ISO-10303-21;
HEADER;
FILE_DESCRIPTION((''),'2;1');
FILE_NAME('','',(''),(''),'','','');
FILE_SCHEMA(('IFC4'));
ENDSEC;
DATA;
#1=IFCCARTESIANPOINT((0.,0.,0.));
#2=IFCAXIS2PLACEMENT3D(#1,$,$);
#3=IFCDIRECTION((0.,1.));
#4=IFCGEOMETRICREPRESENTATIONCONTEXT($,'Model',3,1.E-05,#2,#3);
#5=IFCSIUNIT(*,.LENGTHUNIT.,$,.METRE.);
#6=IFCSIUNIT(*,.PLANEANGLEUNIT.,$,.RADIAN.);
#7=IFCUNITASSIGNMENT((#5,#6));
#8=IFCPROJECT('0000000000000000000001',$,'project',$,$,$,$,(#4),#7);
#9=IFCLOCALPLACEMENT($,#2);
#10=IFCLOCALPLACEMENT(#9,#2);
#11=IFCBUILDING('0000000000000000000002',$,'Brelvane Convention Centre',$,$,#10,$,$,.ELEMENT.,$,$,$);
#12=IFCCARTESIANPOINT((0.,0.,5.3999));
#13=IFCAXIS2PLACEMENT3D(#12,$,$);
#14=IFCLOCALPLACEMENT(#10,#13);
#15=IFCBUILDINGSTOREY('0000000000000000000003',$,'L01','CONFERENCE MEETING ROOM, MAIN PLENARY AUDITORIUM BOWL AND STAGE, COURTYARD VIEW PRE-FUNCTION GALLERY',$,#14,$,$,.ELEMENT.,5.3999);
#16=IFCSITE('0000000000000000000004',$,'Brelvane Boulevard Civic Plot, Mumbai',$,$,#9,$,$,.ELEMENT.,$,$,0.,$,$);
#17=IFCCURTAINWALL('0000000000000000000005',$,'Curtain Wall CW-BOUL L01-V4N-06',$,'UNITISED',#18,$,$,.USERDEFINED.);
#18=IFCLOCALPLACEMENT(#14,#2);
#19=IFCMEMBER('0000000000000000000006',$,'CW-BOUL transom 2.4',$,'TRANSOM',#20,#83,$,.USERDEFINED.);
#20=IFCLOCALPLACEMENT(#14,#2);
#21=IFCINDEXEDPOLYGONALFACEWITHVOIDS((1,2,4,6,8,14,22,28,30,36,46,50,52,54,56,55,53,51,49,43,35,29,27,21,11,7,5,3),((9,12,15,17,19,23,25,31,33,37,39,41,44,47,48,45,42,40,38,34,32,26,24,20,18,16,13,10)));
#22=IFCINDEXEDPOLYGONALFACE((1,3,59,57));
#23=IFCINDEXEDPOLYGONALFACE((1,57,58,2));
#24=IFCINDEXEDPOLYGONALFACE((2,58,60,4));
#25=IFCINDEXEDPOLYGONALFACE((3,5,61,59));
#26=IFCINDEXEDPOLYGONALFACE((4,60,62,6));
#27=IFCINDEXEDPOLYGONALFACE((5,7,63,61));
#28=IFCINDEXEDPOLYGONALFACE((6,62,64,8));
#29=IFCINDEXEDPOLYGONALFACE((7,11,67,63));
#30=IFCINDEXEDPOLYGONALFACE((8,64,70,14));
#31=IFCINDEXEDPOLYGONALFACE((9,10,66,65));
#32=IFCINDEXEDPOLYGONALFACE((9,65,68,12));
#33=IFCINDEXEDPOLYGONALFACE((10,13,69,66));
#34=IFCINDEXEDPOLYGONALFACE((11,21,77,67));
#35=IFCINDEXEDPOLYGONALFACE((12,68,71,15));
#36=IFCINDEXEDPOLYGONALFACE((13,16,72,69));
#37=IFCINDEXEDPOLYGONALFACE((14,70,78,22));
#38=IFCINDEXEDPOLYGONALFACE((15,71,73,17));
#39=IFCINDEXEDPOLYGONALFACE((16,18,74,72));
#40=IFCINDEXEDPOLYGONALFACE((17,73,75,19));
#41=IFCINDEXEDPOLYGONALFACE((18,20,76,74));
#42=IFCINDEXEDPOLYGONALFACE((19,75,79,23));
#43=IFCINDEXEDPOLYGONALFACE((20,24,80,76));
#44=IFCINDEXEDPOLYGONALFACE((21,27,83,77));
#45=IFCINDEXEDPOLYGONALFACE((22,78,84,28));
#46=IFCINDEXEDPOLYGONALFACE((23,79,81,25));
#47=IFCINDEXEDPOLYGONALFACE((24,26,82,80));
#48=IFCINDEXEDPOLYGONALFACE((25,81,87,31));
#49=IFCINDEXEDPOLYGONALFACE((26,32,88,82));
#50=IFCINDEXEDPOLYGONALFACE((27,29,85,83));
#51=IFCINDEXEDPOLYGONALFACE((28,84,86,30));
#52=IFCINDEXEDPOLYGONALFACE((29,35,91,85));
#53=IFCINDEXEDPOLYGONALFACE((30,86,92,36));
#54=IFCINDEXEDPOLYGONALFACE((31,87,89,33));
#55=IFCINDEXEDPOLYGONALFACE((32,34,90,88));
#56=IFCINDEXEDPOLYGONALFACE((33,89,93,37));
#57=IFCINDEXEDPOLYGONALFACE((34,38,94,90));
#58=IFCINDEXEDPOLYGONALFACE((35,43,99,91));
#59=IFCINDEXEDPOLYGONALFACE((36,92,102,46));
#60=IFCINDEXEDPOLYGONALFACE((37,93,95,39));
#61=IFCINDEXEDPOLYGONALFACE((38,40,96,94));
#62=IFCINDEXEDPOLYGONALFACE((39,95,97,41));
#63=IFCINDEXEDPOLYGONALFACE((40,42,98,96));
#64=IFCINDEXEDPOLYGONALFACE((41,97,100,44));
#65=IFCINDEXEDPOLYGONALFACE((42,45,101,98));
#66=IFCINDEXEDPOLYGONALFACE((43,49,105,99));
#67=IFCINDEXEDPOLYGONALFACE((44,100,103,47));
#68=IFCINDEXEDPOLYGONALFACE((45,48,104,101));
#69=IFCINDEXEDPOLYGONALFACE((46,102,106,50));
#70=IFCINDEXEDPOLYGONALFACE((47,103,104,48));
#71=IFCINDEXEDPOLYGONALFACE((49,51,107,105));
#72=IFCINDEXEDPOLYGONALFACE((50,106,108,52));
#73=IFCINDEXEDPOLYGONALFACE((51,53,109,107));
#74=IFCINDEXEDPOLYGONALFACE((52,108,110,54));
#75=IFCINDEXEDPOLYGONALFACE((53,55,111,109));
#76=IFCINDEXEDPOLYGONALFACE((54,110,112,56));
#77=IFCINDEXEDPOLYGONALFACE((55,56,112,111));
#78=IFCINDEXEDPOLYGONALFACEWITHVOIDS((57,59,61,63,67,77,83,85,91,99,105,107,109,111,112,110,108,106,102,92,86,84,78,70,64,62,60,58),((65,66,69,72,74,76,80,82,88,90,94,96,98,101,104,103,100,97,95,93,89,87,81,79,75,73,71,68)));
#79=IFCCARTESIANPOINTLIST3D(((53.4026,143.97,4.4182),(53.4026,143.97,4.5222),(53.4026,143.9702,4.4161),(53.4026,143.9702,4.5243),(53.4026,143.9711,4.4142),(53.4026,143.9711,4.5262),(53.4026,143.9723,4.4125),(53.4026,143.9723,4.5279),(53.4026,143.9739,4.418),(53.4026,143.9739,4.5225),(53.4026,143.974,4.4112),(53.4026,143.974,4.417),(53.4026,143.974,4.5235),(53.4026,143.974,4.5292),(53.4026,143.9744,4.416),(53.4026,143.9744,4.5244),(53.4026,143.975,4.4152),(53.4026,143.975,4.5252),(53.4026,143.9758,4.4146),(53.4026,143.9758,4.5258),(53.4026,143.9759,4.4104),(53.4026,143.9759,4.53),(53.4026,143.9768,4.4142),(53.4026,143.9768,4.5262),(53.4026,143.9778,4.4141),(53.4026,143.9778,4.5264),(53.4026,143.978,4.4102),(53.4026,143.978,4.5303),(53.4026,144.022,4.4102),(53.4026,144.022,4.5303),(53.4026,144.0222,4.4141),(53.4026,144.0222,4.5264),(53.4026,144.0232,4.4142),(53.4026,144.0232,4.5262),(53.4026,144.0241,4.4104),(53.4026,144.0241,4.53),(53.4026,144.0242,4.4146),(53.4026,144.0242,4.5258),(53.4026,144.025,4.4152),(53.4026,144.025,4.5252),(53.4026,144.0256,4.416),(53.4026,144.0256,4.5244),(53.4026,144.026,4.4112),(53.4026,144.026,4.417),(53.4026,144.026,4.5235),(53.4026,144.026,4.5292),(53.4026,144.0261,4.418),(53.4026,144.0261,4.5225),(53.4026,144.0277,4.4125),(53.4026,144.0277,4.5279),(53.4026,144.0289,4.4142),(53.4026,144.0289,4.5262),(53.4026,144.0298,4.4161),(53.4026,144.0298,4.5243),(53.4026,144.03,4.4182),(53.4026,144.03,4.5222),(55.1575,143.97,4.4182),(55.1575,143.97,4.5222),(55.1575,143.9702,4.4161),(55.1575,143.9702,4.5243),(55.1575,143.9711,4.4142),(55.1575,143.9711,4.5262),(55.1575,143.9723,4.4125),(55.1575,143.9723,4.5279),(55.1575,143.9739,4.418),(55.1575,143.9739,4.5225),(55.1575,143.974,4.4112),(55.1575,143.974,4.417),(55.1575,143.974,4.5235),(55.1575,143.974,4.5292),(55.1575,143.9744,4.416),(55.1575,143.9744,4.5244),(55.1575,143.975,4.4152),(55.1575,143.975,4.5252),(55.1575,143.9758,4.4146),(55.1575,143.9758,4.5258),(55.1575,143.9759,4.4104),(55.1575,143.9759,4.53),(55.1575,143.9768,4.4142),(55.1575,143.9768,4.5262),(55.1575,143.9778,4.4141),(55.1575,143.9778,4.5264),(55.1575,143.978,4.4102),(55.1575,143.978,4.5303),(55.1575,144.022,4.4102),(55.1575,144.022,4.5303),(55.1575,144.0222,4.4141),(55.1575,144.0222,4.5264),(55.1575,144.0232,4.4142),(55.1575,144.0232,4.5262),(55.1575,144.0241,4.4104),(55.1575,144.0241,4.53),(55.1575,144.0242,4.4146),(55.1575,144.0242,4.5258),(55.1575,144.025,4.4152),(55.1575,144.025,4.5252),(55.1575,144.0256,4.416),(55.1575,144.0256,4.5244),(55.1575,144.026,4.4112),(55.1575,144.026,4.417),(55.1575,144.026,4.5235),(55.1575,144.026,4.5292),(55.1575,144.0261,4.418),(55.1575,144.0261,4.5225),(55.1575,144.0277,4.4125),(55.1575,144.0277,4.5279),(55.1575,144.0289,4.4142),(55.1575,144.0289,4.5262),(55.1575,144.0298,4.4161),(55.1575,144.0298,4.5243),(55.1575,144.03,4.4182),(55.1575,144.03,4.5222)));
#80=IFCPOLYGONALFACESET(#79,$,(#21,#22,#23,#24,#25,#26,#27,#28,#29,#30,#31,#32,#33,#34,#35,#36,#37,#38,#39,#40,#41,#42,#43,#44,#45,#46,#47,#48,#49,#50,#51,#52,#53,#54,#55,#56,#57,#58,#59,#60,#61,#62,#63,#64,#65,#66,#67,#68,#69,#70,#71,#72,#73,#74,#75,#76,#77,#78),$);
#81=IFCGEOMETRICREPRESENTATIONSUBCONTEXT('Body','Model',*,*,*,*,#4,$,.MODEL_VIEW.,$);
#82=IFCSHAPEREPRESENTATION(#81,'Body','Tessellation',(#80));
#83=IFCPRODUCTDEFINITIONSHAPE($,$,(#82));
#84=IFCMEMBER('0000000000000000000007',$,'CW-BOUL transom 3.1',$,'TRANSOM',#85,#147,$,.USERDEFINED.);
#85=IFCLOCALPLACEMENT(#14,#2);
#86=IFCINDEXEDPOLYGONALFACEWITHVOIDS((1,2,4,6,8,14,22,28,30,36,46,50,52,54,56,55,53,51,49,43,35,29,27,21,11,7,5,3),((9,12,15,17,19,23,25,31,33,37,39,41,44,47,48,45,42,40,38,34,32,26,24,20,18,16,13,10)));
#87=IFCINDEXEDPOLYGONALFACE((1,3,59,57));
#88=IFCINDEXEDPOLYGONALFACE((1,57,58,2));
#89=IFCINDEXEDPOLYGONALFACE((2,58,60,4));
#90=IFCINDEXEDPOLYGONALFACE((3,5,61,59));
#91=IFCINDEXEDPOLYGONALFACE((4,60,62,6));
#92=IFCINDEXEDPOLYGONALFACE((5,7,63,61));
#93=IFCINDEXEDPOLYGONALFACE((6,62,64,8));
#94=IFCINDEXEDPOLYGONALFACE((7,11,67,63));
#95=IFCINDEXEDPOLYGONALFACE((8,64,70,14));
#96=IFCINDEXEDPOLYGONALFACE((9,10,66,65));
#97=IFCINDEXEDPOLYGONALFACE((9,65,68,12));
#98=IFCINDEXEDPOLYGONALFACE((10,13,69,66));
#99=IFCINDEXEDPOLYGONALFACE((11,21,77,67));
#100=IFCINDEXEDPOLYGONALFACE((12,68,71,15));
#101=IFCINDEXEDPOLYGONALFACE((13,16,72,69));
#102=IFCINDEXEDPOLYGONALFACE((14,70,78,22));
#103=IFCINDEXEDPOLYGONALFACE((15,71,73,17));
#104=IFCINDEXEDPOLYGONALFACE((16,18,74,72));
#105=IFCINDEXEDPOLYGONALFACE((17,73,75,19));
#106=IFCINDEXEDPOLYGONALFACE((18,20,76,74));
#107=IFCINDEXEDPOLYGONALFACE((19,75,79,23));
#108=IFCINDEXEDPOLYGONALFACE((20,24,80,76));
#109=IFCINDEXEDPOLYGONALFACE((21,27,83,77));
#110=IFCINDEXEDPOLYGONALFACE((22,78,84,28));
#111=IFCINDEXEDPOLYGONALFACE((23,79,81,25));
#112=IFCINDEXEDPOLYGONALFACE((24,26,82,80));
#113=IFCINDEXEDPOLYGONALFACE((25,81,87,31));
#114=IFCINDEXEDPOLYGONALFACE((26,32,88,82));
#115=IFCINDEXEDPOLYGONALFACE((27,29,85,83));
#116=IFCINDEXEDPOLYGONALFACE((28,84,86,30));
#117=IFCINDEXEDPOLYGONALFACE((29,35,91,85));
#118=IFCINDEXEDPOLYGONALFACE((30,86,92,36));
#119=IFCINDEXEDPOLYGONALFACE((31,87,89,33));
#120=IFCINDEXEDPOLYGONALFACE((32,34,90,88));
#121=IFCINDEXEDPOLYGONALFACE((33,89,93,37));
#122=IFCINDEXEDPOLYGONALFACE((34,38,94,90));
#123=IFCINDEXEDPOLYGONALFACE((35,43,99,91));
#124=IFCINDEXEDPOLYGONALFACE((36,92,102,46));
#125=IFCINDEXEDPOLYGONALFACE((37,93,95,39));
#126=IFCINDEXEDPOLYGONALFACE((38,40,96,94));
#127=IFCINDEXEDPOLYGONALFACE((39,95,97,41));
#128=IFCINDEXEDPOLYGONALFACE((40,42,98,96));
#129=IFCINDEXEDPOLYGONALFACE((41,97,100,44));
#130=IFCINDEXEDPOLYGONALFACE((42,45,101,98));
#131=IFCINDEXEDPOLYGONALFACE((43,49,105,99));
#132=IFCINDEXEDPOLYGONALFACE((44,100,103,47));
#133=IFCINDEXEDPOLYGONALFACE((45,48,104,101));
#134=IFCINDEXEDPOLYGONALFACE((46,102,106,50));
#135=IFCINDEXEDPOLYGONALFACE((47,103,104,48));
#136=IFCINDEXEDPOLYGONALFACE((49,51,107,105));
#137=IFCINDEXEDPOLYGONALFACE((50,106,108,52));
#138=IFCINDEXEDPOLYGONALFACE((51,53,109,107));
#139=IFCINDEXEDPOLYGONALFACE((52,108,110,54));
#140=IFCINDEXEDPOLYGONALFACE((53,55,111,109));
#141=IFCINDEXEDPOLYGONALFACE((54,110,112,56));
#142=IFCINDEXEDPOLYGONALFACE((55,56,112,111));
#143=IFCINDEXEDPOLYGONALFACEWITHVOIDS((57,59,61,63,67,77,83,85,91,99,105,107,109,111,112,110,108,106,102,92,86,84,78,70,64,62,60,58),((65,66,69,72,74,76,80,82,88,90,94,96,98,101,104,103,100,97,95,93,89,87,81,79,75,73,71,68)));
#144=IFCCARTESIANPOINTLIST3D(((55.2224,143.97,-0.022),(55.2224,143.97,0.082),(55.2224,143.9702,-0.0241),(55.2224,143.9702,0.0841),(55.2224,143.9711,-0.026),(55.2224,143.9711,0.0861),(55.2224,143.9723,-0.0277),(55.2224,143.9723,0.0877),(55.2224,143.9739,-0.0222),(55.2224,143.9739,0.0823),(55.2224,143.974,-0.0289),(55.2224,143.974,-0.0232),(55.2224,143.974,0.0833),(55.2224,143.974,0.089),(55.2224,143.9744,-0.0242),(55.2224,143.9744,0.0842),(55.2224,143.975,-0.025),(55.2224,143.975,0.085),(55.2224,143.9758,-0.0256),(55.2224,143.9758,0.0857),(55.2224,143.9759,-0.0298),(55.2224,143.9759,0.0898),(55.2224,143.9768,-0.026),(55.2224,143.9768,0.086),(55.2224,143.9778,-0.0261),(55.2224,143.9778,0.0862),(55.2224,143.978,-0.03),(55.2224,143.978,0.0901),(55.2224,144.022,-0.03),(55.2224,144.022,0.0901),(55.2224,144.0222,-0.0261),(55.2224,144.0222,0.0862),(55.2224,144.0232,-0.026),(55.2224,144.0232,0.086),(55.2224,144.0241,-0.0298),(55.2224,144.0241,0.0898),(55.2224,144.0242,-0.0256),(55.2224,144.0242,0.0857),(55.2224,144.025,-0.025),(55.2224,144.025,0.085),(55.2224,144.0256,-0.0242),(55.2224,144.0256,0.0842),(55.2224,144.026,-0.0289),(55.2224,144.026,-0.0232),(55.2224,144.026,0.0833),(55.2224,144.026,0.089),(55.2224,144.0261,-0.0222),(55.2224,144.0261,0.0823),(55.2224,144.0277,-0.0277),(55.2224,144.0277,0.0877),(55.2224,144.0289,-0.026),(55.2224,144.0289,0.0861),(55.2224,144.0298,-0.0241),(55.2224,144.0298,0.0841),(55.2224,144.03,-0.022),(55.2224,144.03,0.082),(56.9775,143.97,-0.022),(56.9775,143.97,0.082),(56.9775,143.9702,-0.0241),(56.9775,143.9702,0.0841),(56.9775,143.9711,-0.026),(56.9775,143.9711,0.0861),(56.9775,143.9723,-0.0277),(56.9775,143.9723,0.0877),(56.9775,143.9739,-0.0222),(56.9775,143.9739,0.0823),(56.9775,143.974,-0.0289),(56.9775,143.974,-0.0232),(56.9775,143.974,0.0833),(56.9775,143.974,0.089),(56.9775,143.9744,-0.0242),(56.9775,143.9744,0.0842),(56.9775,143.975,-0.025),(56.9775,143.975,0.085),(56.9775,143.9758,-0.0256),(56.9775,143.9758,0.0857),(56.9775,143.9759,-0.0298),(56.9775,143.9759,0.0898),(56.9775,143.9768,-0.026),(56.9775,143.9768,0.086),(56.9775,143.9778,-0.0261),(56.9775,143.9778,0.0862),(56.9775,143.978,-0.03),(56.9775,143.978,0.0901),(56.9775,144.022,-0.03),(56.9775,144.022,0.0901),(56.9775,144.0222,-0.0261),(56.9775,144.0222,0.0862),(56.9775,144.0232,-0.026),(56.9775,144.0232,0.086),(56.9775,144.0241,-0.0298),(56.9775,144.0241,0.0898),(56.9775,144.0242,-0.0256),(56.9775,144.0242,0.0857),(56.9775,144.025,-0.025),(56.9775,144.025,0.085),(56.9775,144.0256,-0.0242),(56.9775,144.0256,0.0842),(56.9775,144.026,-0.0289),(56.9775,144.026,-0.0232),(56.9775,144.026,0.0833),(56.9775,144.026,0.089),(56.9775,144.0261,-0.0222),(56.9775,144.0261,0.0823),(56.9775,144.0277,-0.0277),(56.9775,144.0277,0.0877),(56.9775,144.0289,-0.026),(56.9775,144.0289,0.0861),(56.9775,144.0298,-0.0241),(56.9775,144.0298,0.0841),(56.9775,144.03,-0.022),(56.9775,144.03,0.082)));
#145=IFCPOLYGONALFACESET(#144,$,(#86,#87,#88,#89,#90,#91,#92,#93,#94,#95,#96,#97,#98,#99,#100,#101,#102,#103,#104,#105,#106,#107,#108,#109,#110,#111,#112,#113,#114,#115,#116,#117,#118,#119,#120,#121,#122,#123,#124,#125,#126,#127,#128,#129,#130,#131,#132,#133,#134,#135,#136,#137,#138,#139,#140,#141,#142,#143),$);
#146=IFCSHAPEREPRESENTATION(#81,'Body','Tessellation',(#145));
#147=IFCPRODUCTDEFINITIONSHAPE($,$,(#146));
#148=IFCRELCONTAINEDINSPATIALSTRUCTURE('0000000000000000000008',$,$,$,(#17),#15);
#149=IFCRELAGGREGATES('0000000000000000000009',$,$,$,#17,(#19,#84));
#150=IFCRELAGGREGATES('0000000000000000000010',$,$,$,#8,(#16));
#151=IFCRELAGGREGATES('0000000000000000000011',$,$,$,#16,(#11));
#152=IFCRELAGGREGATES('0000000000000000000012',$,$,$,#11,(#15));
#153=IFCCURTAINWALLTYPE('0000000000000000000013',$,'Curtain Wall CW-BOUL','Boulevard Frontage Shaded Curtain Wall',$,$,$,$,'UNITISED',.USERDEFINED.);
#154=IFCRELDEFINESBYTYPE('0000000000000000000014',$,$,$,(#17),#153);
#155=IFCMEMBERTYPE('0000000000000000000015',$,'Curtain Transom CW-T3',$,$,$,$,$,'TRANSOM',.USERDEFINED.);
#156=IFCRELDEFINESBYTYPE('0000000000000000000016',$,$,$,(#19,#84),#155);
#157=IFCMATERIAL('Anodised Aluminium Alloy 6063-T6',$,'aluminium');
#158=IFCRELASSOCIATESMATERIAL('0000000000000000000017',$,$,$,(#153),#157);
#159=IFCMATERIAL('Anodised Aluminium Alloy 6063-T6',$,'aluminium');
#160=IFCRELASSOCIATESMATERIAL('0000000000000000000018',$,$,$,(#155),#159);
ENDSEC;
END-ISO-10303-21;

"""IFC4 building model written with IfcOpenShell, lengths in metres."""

from ifc_helpers import new_model, si_unit, direction, frame, origin, origin_2d, place, context, subcontext, project, spatial, hollow_rectangle, extrude, material, material_profile, profile_set, type_object, element, aggregate, save


model = new_model("IFC4")

# Units and contexts
model_context = context("Model", 3, precision=1e-05, world=origin(), true_north=direction((0.0, 1.0)))
body_context = subcontext(model_context, "Body", "Model", "MODEL_VIEW")
ifc_project = project(units=[si_unit("LENGTHUNIT", "METRE"), si_unit("PLANEANGLEUNIT", "RADIAN")], contexts=[model_context])

# Site, building, storey
site_placement = place(None, origin())
site = spatial("IfcSite", under=ifc_project, at=site_placement, Name="Brelvane Boulevard Civic Plot, Mumbai", CompositionType="ELEMENT", RefElevation=0.0)
building_placement = place(site_placement, origin())
building = spatial("IfcBuilding", under=site, at=building_placement, Name="Brelvane Convention Centre", CompositionType="ELEMENT")
storey_placement = place(building_placement, frame((0.0, 0.0, 5.3999)))
storey = spatial("IfcBuildingStorey", under=building, at=storey_placement, Name="L01", Description="CONFERENCE MEETING ROOM, MAIN PLENARY AUDITORIUM BOWL AND STAGE, COURTYARD VIEW PRE-FUNCTION GALLERY", CompositionType="ELEMENT", Elevation=5.3999)

# Curtain wall, members
ifc_material_1 = material(Name="Anodised Aluminium Alloy 6063-T6", Category="aluminium")
curtain_wall_type = type_object("IfcCurtainWallType", Name="Curtain Wall CW-BOUL", Description="Boulevard Frontage Shaded Curtain Wall", ElementType="UNITISED", PredefinedType="USERDEFINED", material=ifc_material_1)
curtain_wall_placement = place(storey_placement, origin())
curtain_wall = element("IfcCurtainWall", 1, at=curtain_wall_placement, inside=storey, type_object=curtain_wall_type, Name="Curtain Wall CW-BOUL L01-V4N-06", ObjectType="UNITISED", PredefinedType="USERDEFINED")
ifc_material_2 = material(Name="Anodised Aluminium Alloy 6063-T6", Category="aluminium")
ifc_material_profile_1 = material_profile(ifc_material_2, hollow_rectangle(XDim=0.0601, YDim=0.1201, WallThickness=0.0039, InnerFilletRadius=0.0039, OuterFilletRadius=0.0081, at=origin_2d()), Name="ALU-T 120x60x4.0")
ifc_profile_set_1 = profile_set([ifc_material_profile_1], Name="Anodised Aluminium Alloy 6063-T6")
member_type_1 = type_object("IfcMemberType", Name="Curtain Transom CW-T3", ElementType="TRANSOM", PredefinedType="USERDEFINED", material=ifc_profile_set_1)
member_1_placement = place(storey_placement, frame((53.4026, 144.0, 4.4702), z_axis=(1.0, 0.0, 0.0), x_axis=(0.0, 1.0, 0.0)))
member_1 = element("IfcMember", 2, at=member_1_placement, type_object=member_type_1, Name="CW-BOUL transom 2.4", ObjectType="TRANSOM", PredefinedType="USERDEFINED", context=body_context, shape_type="SweptSolid", body=[
    extrude(hollow_rectangle(XDim=0.0601, YDim=0.1201, WallThickness=0.0039, InnerFilletRadius=0.0039, OuterFilletRadius=0.0081, at=origin_2d()), origin(), (0.0, 0.0, 1.0), 1.7549),
])
member_2_placement = place(storey_placement, frame((55.2224, 144.0, 0.03), z_axis=(1.0, 0.0, 0.0), x_axis=(0.0, 1.0, 0.0)))
member_2 = element("IfcMember", 3, at=member_2_placement, type_object=member_type_1, Name="CW-BOUL transom 3.1", ObjectType="TRANSOM", PredefinedType="USERDEFINED", context=body_context, shape_type="SweptSolid", body=[
    extrude(hollow_rectangle(XDim=0.0601, YDim=0.1201, WallThickness=0.0039, InnerFilletRadius=0.0039, OuterFilletRadius=0.0081, at=origin_2d()), origin(), (0.0, 0.0, 1.0), 1.7551),
])

aggregate(curtain_wall, [member_1, member_2])

save(model, "model.ifc")
